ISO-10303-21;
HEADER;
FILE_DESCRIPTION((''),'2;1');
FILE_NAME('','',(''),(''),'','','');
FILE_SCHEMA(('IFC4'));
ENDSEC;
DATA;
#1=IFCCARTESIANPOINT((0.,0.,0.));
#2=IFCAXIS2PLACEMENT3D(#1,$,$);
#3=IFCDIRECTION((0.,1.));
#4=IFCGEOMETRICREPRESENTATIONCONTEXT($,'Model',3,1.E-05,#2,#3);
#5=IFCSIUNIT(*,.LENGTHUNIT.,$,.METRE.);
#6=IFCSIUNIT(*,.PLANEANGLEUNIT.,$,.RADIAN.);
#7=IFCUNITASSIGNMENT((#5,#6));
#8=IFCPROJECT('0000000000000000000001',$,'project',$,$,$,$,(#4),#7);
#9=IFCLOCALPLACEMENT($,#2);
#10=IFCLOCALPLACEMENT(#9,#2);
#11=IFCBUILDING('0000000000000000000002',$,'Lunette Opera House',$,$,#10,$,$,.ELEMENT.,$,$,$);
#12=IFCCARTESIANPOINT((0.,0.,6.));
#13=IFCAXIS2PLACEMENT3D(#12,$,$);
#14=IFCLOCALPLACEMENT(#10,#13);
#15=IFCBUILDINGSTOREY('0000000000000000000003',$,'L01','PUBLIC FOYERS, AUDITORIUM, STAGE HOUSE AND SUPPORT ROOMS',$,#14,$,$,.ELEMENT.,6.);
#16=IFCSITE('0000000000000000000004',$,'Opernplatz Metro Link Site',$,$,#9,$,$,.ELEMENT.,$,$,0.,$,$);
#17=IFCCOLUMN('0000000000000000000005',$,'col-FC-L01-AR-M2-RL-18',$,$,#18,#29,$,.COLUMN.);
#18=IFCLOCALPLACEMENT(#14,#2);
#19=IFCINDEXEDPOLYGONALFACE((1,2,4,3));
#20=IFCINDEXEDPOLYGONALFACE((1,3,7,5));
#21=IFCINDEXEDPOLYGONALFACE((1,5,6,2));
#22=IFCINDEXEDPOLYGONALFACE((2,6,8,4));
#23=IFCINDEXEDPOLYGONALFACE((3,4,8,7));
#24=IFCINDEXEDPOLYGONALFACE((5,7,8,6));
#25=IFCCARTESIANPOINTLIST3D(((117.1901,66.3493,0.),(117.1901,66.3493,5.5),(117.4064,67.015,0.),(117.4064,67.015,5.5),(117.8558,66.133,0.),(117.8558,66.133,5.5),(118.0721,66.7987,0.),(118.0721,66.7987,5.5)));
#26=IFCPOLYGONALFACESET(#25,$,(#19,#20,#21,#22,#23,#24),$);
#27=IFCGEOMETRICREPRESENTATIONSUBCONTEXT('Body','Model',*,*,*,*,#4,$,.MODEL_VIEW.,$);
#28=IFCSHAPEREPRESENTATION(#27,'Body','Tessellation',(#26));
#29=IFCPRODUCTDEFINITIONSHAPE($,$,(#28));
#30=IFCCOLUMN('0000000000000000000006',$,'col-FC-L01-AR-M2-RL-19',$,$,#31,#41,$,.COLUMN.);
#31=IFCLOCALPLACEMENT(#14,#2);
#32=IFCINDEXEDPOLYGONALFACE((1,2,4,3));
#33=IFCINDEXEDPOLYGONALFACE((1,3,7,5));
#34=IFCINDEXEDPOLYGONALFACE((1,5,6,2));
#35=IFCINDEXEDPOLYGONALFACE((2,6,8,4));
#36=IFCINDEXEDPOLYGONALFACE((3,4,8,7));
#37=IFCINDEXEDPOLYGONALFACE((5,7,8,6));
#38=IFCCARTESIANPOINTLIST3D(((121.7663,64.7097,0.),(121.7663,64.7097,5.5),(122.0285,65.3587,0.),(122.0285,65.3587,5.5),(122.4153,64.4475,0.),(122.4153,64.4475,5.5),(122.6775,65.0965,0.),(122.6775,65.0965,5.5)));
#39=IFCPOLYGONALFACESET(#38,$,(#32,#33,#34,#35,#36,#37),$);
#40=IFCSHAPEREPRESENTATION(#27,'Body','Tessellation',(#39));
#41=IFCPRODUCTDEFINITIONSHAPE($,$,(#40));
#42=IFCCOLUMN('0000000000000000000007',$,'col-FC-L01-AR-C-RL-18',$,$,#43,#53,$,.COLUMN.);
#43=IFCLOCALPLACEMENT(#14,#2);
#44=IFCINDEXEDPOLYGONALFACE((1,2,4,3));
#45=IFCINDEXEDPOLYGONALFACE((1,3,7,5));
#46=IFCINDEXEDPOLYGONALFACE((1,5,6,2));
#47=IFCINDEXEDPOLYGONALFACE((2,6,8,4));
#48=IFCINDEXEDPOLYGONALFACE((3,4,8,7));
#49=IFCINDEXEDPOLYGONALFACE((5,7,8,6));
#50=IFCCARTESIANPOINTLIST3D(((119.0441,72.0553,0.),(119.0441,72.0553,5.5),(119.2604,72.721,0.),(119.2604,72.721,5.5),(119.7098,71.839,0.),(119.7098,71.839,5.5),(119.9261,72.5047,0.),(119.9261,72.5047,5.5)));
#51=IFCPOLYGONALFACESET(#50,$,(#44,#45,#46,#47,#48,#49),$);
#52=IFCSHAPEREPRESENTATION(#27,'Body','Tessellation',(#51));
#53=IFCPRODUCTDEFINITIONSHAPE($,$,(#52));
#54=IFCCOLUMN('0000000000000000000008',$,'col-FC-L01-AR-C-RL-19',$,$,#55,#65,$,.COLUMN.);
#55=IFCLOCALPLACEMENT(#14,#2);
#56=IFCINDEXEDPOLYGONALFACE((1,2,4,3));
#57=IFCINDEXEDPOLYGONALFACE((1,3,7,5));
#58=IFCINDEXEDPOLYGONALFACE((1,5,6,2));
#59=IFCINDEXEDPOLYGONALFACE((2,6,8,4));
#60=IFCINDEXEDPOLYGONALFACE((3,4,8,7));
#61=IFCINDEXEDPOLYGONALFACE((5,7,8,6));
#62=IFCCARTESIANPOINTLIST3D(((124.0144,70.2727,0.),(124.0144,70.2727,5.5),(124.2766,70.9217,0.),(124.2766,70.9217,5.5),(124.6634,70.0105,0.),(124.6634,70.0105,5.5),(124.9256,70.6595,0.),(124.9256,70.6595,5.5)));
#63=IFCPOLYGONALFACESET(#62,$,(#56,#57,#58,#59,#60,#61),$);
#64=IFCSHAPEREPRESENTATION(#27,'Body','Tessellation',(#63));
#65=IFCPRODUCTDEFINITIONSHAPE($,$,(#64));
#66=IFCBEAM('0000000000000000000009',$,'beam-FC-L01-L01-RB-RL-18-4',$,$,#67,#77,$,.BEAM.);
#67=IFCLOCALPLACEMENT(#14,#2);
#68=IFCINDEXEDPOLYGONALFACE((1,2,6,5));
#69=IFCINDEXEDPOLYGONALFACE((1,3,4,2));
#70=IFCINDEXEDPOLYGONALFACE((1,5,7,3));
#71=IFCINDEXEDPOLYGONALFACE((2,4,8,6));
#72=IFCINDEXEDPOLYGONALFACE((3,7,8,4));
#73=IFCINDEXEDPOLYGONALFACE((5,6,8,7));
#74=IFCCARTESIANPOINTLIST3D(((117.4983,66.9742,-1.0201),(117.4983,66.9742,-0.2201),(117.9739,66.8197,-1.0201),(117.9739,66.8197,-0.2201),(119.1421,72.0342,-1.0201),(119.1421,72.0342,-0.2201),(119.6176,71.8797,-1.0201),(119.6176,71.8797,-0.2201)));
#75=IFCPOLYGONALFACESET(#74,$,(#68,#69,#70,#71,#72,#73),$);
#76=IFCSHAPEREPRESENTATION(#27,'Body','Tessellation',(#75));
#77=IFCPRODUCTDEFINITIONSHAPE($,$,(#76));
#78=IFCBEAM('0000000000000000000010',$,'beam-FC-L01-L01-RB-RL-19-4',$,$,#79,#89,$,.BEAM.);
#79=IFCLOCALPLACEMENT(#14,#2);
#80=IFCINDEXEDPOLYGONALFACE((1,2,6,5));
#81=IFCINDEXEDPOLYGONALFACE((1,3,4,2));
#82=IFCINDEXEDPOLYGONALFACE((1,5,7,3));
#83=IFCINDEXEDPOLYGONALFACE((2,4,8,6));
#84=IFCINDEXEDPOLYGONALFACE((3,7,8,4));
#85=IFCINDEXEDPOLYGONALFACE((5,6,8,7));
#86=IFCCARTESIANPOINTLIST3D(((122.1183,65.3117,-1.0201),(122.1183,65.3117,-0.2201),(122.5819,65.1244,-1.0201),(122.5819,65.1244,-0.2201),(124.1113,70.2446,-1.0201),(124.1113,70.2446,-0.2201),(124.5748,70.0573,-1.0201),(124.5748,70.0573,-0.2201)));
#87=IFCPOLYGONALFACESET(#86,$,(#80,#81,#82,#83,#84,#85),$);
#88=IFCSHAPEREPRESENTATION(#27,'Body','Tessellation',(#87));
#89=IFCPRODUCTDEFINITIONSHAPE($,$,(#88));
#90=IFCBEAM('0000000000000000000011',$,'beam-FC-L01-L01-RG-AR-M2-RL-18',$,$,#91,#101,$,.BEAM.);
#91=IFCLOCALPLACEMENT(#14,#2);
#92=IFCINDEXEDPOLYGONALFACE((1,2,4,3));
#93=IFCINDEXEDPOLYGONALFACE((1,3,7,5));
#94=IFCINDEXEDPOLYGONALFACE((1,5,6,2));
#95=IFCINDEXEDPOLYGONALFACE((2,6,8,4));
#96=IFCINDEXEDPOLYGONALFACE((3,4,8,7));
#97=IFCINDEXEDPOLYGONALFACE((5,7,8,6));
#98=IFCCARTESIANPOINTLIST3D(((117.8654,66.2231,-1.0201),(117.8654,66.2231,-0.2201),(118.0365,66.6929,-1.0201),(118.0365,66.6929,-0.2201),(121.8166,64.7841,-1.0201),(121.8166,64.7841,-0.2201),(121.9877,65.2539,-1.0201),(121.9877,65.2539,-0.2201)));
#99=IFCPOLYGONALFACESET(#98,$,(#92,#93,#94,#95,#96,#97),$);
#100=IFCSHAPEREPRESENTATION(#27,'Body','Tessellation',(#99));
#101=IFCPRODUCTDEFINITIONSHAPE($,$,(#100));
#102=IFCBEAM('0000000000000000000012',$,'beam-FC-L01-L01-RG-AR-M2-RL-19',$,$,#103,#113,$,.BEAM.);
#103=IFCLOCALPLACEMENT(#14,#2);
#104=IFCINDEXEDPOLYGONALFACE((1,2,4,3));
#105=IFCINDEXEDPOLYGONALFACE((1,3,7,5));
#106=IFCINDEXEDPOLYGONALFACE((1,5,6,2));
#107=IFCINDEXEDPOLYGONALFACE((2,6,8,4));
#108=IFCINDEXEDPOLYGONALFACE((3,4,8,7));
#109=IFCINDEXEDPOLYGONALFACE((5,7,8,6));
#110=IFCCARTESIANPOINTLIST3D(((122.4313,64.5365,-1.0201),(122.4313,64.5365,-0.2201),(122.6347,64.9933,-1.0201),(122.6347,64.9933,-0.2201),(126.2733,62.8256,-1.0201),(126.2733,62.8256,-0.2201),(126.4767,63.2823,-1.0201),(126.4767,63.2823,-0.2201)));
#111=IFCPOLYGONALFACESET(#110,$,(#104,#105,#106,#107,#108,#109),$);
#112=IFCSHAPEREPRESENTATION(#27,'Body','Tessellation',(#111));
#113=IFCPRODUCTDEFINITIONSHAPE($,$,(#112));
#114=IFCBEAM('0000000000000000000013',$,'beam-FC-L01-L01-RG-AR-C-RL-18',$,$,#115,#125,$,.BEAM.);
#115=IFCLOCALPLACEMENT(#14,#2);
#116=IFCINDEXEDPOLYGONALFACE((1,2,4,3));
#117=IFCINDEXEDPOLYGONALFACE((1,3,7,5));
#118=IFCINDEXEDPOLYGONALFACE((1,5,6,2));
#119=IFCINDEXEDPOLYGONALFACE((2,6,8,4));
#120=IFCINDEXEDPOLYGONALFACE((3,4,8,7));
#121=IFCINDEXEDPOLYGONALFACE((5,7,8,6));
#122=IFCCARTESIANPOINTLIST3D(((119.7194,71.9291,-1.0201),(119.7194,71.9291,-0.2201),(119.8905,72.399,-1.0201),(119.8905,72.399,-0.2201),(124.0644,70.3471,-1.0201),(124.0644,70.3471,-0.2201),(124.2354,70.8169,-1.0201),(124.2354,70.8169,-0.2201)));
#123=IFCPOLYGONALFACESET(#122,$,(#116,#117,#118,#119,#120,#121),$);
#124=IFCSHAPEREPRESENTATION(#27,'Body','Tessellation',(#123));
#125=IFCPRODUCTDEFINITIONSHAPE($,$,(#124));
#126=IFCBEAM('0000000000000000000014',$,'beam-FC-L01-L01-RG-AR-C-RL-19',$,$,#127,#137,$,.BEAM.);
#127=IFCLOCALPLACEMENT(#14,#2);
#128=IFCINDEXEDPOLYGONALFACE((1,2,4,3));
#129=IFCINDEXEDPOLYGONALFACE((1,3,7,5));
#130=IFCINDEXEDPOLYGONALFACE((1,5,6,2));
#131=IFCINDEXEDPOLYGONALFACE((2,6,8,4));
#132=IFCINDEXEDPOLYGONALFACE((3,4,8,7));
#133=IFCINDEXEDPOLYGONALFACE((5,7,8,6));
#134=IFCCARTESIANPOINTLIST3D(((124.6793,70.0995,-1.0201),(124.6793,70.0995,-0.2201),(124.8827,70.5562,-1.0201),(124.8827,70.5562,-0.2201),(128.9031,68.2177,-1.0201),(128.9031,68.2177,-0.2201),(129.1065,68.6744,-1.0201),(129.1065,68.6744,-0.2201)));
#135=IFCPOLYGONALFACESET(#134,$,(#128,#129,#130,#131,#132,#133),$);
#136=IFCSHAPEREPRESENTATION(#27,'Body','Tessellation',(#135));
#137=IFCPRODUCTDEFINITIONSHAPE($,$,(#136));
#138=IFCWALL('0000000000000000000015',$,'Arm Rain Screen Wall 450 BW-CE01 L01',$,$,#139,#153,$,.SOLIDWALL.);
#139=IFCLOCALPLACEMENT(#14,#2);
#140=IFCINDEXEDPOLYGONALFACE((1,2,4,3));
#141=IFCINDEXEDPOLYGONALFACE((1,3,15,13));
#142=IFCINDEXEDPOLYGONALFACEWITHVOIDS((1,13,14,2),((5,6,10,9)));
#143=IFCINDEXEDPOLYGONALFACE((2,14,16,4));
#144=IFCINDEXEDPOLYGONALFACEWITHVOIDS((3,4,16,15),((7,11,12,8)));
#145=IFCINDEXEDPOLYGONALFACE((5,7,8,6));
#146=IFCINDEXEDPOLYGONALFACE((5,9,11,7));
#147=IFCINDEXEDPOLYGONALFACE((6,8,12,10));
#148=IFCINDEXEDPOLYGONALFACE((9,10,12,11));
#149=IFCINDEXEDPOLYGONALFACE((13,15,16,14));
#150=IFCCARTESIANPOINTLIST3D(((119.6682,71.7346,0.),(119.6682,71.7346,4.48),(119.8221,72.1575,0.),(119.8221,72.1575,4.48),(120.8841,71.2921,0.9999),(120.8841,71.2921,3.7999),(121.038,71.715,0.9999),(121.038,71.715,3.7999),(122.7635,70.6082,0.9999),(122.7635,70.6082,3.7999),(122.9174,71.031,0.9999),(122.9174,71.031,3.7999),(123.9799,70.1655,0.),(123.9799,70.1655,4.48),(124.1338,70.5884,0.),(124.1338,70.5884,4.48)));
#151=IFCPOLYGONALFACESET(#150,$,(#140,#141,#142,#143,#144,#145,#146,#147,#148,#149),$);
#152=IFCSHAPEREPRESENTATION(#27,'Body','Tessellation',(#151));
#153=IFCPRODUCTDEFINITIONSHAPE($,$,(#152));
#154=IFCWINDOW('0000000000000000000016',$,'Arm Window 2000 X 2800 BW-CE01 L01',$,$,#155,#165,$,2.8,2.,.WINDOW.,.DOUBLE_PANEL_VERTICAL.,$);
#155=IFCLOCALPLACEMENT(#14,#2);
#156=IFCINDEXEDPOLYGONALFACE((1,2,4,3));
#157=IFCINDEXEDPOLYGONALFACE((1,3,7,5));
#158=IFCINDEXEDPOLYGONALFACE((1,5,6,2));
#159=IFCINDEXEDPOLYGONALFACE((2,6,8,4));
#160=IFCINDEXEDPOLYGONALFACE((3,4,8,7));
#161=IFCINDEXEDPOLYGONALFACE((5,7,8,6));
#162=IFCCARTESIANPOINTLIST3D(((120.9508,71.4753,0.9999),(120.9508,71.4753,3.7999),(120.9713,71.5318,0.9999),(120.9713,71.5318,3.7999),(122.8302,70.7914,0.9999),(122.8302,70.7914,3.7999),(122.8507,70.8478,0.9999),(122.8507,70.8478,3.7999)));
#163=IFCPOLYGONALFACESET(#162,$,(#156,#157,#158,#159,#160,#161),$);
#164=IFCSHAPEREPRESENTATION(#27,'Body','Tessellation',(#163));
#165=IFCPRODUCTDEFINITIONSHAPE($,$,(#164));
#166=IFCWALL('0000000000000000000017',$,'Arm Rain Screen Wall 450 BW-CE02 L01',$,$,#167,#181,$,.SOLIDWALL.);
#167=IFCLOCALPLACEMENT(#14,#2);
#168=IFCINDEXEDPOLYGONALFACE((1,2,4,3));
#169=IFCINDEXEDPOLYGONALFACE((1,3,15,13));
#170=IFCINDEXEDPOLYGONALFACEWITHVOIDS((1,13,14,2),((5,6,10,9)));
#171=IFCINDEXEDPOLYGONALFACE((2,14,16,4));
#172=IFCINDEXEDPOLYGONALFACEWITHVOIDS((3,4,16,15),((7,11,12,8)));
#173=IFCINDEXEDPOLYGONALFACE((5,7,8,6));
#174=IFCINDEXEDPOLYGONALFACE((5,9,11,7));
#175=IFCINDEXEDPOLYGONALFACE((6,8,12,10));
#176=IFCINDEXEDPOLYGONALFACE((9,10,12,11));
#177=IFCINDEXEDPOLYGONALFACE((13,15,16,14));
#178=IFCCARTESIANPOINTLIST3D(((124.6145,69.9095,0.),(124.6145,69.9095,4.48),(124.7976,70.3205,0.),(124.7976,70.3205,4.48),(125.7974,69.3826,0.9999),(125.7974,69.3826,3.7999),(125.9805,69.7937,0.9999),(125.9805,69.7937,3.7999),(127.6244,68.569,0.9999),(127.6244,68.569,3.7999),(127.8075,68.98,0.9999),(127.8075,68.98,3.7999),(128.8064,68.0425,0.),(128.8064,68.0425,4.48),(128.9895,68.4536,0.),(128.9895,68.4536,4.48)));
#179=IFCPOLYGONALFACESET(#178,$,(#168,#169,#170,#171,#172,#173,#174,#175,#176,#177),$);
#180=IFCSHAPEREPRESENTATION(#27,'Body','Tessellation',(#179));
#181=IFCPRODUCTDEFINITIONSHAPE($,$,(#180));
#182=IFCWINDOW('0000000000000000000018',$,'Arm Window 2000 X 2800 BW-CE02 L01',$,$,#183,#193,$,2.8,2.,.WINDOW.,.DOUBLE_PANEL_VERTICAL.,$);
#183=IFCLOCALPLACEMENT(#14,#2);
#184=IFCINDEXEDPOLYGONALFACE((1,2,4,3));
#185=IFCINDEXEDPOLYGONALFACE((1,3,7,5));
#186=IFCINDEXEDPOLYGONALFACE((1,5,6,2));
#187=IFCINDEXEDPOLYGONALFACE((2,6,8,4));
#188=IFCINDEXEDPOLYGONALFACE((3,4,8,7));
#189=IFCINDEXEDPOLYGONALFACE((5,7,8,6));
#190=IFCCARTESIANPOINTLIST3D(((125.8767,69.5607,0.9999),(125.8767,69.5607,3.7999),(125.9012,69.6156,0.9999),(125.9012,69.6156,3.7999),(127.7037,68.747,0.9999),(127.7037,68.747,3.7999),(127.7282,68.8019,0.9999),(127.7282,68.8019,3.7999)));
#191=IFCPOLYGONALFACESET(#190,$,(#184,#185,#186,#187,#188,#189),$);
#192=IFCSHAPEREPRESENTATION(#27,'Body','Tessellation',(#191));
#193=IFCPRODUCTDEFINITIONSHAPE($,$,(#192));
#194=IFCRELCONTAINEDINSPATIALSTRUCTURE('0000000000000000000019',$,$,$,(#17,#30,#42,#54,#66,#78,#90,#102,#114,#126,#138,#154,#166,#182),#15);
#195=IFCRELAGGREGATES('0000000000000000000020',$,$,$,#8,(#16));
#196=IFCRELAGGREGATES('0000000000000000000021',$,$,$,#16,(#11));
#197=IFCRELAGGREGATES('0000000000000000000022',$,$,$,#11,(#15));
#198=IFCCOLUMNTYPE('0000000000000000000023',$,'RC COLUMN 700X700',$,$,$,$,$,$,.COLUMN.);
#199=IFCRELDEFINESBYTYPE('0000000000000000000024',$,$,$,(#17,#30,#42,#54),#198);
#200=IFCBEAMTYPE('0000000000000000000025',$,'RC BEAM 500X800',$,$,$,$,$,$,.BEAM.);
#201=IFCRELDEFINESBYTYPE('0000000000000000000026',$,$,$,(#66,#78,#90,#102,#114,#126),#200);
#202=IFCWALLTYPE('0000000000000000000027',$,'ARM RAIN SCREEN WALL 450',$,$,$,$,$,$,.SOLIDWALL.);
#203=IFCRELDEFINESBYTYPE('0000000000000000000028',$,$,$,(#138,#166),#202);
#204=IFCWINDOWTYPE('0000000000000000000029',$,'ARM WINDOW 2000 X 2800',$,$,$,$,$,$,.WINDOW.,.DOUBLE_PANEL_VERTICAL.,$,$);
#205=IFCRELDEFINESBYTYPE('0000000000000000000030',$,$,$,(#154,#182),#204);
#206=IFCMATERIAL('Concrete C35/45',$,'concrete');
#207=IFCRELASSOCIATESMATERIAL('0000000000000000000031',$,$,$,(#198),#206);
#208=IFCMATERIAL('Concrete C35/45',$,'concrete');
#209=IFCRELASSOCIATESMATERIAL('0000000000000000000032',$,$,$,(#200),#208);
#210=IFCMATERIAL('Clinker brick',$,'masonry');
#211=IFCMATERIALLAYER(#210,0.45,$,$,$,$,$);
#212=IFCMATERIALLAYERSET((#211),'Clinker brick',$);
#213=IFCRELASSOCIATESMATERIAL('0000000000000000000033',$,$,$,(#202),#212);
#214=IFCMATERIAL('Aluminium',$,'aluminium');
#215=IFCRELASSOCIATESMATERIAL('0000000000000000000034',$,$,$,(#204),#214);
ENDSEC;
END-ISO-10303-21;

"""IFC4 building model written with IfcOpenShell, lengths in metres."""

from ifc_helpers import new_model, si_unit, direction, frame, frame_2d, origin, origin_2d, place, context, subcontext, project, spatial, rectangle, extrude, material, layer, layer_set, material_profile, profile_set, type_object, element, fill, save


model = new_model("IFC4")

# Units and contexts
model_context = context("Model", 3, precision=1e-05, world=origin(), true_north=direction((0.0, 1.0)))
body_context = subcontext(model_context, "Body", "Model", "MODEL_VIEW")
ifc_project = project(units=[si_unit("LENGTHUNIT", "METRE"), si_unit("PLANEANGLEUNIT", "RADIAN")], contexts=[model_context])

# Site, building, storey
site_placement = place(None, origin())
site = spatial("IfcSite", under=ifc_project, at=site_placement, Name="Opernplatz Metro Link Site", CompositionType="ELEMENT", RefElevation=0.0)
building_placement = place(site_placement, origin())
building = spatial("IfcBuilding", under=site, at=building_placement, Name="Lunette Opera House", CompositionType="ELEMENT")
storey_placement = place(building_placement, frame((0.0, 0.0, 6.0)))
storey = spatial("IfcBuildingStorey", under=building, at=storey_placement, Name="L01", Description="PUBLIC FOYERS, AUDITORIUM, STAGE HOUSE AND SUPPORT ROOMS", CompositionType="ELEMENT", Elevation=6.0)

# Columns
ifc_material_1 = material(Name="Concrete C35/45", Category="concrete")
ifc_material_profile_1 = material_profile(ifc_material_1, rectangle(XDim=0.7, YDim=0.7, at=origin_2d()), Name="RC COLUMN 700X700")
ifc_profile_set_1 = profile_set([ifc_material_profile_1], Name="Concrete C35/45")
column_type = type_object("IfcColumnType", Name="RC COLUMN 700X700", PredefinedType="COLUMN", material=ifc_profile_set_1)
for number, where, z_axis, x_axis, name in (
    (1, (117.6311, 66.574, 0.0), (0.0, 0.0, 1.0), (0.951057, -0.309017, 0.0), "col-FC-L01-AR-M2-RL-18"),
    (2, (122.2219, 64.9031, 0.0), (0.0, 0.0, 1.0), (0.927184, -0.374607, 0.0), "col-FC-L01-AR-M2-RL-19"),
    (3, (119.4851, 72.28, 0.0), (0.0, 0.0, 1.0), (0.951057, -0.309017, 0.0), "col-FC-L01-AR-C-RL-18"),
    (4, (124.47, 70.4661, 0.0), (0.0, 0.0, 1.0), (0.927184, -0.374607, 0.0), "col-FC-L01-AR-C-RL-19"),
):
    element("IfcColumn", number, at=place(storey_placement, frame(where, z_axis=z_axis, x_axis=x_axis)), inside=storey, type_object=column_type, Name=name, PredefinedType="COLUMN", context=body_context, shape_type="SweptSolid", body=[
        extrude(rectangle(XDim=0.7, YDim=0.7, at=origin_2d()), origin(), (0.0, 0.0, 1.0), 5.5),
    ])

# Beams
ifc_material_2 = material(Name="Concrete C35/45", Category="concrete")
ifc_material_profile_2 = material_profile(ifc_material_2, rectangle(XDim=0.5, YDim=0.8, at=origin_2d()), Name="RC BEAM 500X800")
ifc_profile_set_2 = profile_set([ifc_material_profile_2], Name="Concrete C35/45")
beam_type = type_object("IfcBeamType", Name="RC BEAM 500X800", PredefinedType="BEAM", material=ifc_profile_set_2)
for number, where, z_axis, x_axis, name in (
    (5, (117.7361, 66.897, -0.6201), (0.308964, 0.951074, 0.0), (-0.951074, 0.308964, 0.0), "beam-FC-L01-L01-RB-RL-18-4"),
    (6, (122.3501, 65.218, -0.6201), (0.374593, 0.927189, 0.0), (-0.927189, 0.374593, 0.0), "beam-FC-L01-L01-RB-RL-19-4"),
):
    element("IfcBeam", number, at=place(storey_placement, frame(where, z_axis=z_axis, x_axis=x_axis)), inside=storey, type_object=beam_type, Name=name, PredefinedType="BEAM", context=body_context, shape_type="SweptSolid", body=[
        extrude(rectangle(XDim=0.5, YDim=0.8, at=origin_2d()), origin(), (0.0, 0.0, 1.0), 5.3203),
    ])
beam_1_placement = place(storey_placement, frame((117.9509, 66.458, -0.6201), z_axis=(0.939627, -0.3422, 0.0), x_axis=(0.3422, 0.939627, 0.0)))
element("IfcBeam", 7, at=beam_1_placement, inside=storey, type_object=beam_type, Name="beam-FC-L01-L01-RG-AR-M2-RL-18", PredefinedType="BEAM", context=body_context, shape_type="SweptSolid", body=[
    extrude(rectangle(XDim=0.5, YDim=0.8, at=origin_2d()), origin(), (0.0, 0.0, 1.0), 4.2051),
])
beam_2_placement = place(storey_placement, frame((122.533, 64.7649, -0.6201), z_axis=(0.913514, -0.406806, 0.0), x_axis=(0.406806, 0.913514, 0.0)))
element("IfcBeam", 8, at=beam_2_placement, inside=storey, type_object=beam_type, Name="beam-FC-L01-L01-RG-AR-M2-RL-19", PredefinedType="BEAM", context=body_context, shape_type="SweptSolid", body=[
    extrude(rectangle(XDim=0.5, YDim=0.8, at=origin_2d()), origin(), (0.0, 0.0, 1.0), 4.2058),
])
for number, where, z_axis, x_axis, name in (
    (9, (119.8049, 72.1641, -0.6201), (0.939652, -0.342133, 0.0), (0.342133, 0.939652, 0.0), "beam-FC-L01-L01-RG-AR-C-RL-18"),
    (10, (124.781, 70.3279, -0.6201), (0.913445, -0.406961, 0.0), (0.406961, 0.913445, 0.0), "beam-FC-L01-L01-RG-AR-C-RL-19"),
):
    element("IfcBeam", number, at=place(storey_placement, frame(where, z_axis=z_axis, x_axis=x_axis)), inside=storey, type_object=beam_type, Name=name, PredefinedType="BEAM", context=body_context, shape_type="SweptSolid", body=[
        extrude(rectangle(XDim=0.5, YDim=0.8, at=origin_2d()), origin(), (0.0, 0.0, 1.0), 4.624),
    ])

# Walls, openings, windows
ifc_material_3 = material(Name="Clinker brick", Category="masonry")
ifc_layer_1 = layer(ifc_material_3, 0.45)
ifc_layer_set_1 = layer_set([ifc_layer_1], Name="Clinker brick")
wall_type_1 = type_object("IfcWallType", Name="ARM RAIN SCREEN WALL 450", PredefinedType="SOLIDWALL", material=ifc_layer_set_1)
wall_1_placement = place(storey_placement, frame((119.7451, 71.946, 0.0), z_axis=(0.0, 0.0, 1.0), x_axis=(0.939711, -0.341969, 0.0)))
wall_1 = element("IfcWall", 11, at=wall_1_placement, inside=storey, type_object=wall_type_1, Name="Arm Rain Screen Wall 450 BW-CE01 L01", PredefinedType="SOLIDWALL", context=body_context, shape_type="SweptSolid", body=[
    extrude(rectangle(XDim=4.5884, YDim=0.45, at=frame_2d((2.2942, 0.0))), origin(), (0.0, 0.0, 1.0), 4.48),
])
opening_1_placement = place(wall_1_placement, frame((1.2939, 0.0, 1.0)))
opening_1 = element("IfcOpeningElement", 12, at=opening_1_placement, cuts=wall_1, PredefinedType="OPENING", context=body_context, shape_type="SweptSolid", body=[
    extrude(rectangle(XDim=2.0, YDim=2.8, at=frame_2d((1.0, 1.3999))), frame((0.0, 0.2371, 0.0), z_axis=(0.0, -1.0, 0.0), x_axis=(1.0, 0.0, 0.0)), (0.0, 0.0, 1.0), 0.4739),
])
ifc_material_4 = material(Name="Aluminium", Category="aluminium")
window_type = type_object("IfcWindowType", Name="ARM WINDOW 2000 X 2800", PartitioningType="DOUBLE_PANEL_VERTICAL", PredefinedType="WINDOW", material=ifc_material_4)
window_1_placement = place(opening_1_placement, origin())
window_1 = element("IfcWindow", 13, at=window_1_placement, inside=storey, type_object=window_type, Name="Arm Window 2000 X 2800 BW-CE01 L01", OverallHeight=2.8, OverallWidth=2.0, PartitioningType="DOUBLE_PANEL_VERTICAL", PredefinedType="WINDOW", context=body_context, shape_type="SweptSolid", body=[
    extrude(rectangle(XDim=2.0, YDim=2.8, at=frame_2d((1.0, 1.3999))), frame((0.0, 0.03, 0.0), z_axis=(0.0, -1.0, 0.0), x_axis=(1.0, 0.0, 0.0)), (0.0, 0.0, 1.0), 0.0601),
])
fill(opening_1, window_1)
wall_2_placement = place(storey_placement, frame((124.7061, 70.115, 0.0), z_axis=(0.0, 0.0, 1.0), x_axis=(0.913498, -0.406844, 0.0)))
wall_2 = element("IfcWall", 14, at=wall_2_placement, inside=storey, type_object=wall_type_1, Name="Arm Rain Screen Wall 450 BW-CE02 L01", PredefinedType="SOLIDWALL", context=body_context, shape_type="SweptSolid", body=[
    extrude(rectangle(XDim=4.5889, YDim=0.45, at=frame_2d((2.2944, 0.0))), origin(), (0.0, 0.0, 1.0), 4.48),
])
opening_2_placement = place(wall_2_placement, frame((1.2949, 0.0, 1.0)))
opening_2 = element("IfcOpeningElement", 15, at=opening_2_placement, cuts=wall_2, PredefinedType="OPENING", context=body_context, shape_type="SweptSolid", body=[
    extrude(rectangle(XDim=2.0, YDim=2.8, at=frame_2d((1.0, 1.3999))), frame((0.0, 0.2371, 0.0), z_axis=(0.0, -1.0, 0.0), x_axis=(1.0, 0.0, 0.0)), (0.0, 0.0, 1.0), 0.4739),
])
window_2_placement = place(opening_2_placement, origin())
window_2 = element("IfcWindow", 16, at=window_2_placement, inside=storey, type_object=window_type, Name="Arm Window 2000 X 2800 BW-CE02 L01", OverallHeight=2.8, OverallWidth=2.0, PartitioningType="DOUBLE_PANEL_VERTICAL", PredefinedType="WINDOW", context=body_context, shape_type="SweptSolid", body=[
    extrude(rectangle(XDim=2.0, YDim=2.8, at=frame_2d((1.0, 1.3999))), frame((0.0, 0.03, 0.0), z_axis=(0.0, -1.0, 0.0), x_axis=(1.0, 0.0, 0.0)), (0.0, 0.0, 1.0), 0.0601),
])
fill(opening_2, window_2)

save(model, "model.ifc")
